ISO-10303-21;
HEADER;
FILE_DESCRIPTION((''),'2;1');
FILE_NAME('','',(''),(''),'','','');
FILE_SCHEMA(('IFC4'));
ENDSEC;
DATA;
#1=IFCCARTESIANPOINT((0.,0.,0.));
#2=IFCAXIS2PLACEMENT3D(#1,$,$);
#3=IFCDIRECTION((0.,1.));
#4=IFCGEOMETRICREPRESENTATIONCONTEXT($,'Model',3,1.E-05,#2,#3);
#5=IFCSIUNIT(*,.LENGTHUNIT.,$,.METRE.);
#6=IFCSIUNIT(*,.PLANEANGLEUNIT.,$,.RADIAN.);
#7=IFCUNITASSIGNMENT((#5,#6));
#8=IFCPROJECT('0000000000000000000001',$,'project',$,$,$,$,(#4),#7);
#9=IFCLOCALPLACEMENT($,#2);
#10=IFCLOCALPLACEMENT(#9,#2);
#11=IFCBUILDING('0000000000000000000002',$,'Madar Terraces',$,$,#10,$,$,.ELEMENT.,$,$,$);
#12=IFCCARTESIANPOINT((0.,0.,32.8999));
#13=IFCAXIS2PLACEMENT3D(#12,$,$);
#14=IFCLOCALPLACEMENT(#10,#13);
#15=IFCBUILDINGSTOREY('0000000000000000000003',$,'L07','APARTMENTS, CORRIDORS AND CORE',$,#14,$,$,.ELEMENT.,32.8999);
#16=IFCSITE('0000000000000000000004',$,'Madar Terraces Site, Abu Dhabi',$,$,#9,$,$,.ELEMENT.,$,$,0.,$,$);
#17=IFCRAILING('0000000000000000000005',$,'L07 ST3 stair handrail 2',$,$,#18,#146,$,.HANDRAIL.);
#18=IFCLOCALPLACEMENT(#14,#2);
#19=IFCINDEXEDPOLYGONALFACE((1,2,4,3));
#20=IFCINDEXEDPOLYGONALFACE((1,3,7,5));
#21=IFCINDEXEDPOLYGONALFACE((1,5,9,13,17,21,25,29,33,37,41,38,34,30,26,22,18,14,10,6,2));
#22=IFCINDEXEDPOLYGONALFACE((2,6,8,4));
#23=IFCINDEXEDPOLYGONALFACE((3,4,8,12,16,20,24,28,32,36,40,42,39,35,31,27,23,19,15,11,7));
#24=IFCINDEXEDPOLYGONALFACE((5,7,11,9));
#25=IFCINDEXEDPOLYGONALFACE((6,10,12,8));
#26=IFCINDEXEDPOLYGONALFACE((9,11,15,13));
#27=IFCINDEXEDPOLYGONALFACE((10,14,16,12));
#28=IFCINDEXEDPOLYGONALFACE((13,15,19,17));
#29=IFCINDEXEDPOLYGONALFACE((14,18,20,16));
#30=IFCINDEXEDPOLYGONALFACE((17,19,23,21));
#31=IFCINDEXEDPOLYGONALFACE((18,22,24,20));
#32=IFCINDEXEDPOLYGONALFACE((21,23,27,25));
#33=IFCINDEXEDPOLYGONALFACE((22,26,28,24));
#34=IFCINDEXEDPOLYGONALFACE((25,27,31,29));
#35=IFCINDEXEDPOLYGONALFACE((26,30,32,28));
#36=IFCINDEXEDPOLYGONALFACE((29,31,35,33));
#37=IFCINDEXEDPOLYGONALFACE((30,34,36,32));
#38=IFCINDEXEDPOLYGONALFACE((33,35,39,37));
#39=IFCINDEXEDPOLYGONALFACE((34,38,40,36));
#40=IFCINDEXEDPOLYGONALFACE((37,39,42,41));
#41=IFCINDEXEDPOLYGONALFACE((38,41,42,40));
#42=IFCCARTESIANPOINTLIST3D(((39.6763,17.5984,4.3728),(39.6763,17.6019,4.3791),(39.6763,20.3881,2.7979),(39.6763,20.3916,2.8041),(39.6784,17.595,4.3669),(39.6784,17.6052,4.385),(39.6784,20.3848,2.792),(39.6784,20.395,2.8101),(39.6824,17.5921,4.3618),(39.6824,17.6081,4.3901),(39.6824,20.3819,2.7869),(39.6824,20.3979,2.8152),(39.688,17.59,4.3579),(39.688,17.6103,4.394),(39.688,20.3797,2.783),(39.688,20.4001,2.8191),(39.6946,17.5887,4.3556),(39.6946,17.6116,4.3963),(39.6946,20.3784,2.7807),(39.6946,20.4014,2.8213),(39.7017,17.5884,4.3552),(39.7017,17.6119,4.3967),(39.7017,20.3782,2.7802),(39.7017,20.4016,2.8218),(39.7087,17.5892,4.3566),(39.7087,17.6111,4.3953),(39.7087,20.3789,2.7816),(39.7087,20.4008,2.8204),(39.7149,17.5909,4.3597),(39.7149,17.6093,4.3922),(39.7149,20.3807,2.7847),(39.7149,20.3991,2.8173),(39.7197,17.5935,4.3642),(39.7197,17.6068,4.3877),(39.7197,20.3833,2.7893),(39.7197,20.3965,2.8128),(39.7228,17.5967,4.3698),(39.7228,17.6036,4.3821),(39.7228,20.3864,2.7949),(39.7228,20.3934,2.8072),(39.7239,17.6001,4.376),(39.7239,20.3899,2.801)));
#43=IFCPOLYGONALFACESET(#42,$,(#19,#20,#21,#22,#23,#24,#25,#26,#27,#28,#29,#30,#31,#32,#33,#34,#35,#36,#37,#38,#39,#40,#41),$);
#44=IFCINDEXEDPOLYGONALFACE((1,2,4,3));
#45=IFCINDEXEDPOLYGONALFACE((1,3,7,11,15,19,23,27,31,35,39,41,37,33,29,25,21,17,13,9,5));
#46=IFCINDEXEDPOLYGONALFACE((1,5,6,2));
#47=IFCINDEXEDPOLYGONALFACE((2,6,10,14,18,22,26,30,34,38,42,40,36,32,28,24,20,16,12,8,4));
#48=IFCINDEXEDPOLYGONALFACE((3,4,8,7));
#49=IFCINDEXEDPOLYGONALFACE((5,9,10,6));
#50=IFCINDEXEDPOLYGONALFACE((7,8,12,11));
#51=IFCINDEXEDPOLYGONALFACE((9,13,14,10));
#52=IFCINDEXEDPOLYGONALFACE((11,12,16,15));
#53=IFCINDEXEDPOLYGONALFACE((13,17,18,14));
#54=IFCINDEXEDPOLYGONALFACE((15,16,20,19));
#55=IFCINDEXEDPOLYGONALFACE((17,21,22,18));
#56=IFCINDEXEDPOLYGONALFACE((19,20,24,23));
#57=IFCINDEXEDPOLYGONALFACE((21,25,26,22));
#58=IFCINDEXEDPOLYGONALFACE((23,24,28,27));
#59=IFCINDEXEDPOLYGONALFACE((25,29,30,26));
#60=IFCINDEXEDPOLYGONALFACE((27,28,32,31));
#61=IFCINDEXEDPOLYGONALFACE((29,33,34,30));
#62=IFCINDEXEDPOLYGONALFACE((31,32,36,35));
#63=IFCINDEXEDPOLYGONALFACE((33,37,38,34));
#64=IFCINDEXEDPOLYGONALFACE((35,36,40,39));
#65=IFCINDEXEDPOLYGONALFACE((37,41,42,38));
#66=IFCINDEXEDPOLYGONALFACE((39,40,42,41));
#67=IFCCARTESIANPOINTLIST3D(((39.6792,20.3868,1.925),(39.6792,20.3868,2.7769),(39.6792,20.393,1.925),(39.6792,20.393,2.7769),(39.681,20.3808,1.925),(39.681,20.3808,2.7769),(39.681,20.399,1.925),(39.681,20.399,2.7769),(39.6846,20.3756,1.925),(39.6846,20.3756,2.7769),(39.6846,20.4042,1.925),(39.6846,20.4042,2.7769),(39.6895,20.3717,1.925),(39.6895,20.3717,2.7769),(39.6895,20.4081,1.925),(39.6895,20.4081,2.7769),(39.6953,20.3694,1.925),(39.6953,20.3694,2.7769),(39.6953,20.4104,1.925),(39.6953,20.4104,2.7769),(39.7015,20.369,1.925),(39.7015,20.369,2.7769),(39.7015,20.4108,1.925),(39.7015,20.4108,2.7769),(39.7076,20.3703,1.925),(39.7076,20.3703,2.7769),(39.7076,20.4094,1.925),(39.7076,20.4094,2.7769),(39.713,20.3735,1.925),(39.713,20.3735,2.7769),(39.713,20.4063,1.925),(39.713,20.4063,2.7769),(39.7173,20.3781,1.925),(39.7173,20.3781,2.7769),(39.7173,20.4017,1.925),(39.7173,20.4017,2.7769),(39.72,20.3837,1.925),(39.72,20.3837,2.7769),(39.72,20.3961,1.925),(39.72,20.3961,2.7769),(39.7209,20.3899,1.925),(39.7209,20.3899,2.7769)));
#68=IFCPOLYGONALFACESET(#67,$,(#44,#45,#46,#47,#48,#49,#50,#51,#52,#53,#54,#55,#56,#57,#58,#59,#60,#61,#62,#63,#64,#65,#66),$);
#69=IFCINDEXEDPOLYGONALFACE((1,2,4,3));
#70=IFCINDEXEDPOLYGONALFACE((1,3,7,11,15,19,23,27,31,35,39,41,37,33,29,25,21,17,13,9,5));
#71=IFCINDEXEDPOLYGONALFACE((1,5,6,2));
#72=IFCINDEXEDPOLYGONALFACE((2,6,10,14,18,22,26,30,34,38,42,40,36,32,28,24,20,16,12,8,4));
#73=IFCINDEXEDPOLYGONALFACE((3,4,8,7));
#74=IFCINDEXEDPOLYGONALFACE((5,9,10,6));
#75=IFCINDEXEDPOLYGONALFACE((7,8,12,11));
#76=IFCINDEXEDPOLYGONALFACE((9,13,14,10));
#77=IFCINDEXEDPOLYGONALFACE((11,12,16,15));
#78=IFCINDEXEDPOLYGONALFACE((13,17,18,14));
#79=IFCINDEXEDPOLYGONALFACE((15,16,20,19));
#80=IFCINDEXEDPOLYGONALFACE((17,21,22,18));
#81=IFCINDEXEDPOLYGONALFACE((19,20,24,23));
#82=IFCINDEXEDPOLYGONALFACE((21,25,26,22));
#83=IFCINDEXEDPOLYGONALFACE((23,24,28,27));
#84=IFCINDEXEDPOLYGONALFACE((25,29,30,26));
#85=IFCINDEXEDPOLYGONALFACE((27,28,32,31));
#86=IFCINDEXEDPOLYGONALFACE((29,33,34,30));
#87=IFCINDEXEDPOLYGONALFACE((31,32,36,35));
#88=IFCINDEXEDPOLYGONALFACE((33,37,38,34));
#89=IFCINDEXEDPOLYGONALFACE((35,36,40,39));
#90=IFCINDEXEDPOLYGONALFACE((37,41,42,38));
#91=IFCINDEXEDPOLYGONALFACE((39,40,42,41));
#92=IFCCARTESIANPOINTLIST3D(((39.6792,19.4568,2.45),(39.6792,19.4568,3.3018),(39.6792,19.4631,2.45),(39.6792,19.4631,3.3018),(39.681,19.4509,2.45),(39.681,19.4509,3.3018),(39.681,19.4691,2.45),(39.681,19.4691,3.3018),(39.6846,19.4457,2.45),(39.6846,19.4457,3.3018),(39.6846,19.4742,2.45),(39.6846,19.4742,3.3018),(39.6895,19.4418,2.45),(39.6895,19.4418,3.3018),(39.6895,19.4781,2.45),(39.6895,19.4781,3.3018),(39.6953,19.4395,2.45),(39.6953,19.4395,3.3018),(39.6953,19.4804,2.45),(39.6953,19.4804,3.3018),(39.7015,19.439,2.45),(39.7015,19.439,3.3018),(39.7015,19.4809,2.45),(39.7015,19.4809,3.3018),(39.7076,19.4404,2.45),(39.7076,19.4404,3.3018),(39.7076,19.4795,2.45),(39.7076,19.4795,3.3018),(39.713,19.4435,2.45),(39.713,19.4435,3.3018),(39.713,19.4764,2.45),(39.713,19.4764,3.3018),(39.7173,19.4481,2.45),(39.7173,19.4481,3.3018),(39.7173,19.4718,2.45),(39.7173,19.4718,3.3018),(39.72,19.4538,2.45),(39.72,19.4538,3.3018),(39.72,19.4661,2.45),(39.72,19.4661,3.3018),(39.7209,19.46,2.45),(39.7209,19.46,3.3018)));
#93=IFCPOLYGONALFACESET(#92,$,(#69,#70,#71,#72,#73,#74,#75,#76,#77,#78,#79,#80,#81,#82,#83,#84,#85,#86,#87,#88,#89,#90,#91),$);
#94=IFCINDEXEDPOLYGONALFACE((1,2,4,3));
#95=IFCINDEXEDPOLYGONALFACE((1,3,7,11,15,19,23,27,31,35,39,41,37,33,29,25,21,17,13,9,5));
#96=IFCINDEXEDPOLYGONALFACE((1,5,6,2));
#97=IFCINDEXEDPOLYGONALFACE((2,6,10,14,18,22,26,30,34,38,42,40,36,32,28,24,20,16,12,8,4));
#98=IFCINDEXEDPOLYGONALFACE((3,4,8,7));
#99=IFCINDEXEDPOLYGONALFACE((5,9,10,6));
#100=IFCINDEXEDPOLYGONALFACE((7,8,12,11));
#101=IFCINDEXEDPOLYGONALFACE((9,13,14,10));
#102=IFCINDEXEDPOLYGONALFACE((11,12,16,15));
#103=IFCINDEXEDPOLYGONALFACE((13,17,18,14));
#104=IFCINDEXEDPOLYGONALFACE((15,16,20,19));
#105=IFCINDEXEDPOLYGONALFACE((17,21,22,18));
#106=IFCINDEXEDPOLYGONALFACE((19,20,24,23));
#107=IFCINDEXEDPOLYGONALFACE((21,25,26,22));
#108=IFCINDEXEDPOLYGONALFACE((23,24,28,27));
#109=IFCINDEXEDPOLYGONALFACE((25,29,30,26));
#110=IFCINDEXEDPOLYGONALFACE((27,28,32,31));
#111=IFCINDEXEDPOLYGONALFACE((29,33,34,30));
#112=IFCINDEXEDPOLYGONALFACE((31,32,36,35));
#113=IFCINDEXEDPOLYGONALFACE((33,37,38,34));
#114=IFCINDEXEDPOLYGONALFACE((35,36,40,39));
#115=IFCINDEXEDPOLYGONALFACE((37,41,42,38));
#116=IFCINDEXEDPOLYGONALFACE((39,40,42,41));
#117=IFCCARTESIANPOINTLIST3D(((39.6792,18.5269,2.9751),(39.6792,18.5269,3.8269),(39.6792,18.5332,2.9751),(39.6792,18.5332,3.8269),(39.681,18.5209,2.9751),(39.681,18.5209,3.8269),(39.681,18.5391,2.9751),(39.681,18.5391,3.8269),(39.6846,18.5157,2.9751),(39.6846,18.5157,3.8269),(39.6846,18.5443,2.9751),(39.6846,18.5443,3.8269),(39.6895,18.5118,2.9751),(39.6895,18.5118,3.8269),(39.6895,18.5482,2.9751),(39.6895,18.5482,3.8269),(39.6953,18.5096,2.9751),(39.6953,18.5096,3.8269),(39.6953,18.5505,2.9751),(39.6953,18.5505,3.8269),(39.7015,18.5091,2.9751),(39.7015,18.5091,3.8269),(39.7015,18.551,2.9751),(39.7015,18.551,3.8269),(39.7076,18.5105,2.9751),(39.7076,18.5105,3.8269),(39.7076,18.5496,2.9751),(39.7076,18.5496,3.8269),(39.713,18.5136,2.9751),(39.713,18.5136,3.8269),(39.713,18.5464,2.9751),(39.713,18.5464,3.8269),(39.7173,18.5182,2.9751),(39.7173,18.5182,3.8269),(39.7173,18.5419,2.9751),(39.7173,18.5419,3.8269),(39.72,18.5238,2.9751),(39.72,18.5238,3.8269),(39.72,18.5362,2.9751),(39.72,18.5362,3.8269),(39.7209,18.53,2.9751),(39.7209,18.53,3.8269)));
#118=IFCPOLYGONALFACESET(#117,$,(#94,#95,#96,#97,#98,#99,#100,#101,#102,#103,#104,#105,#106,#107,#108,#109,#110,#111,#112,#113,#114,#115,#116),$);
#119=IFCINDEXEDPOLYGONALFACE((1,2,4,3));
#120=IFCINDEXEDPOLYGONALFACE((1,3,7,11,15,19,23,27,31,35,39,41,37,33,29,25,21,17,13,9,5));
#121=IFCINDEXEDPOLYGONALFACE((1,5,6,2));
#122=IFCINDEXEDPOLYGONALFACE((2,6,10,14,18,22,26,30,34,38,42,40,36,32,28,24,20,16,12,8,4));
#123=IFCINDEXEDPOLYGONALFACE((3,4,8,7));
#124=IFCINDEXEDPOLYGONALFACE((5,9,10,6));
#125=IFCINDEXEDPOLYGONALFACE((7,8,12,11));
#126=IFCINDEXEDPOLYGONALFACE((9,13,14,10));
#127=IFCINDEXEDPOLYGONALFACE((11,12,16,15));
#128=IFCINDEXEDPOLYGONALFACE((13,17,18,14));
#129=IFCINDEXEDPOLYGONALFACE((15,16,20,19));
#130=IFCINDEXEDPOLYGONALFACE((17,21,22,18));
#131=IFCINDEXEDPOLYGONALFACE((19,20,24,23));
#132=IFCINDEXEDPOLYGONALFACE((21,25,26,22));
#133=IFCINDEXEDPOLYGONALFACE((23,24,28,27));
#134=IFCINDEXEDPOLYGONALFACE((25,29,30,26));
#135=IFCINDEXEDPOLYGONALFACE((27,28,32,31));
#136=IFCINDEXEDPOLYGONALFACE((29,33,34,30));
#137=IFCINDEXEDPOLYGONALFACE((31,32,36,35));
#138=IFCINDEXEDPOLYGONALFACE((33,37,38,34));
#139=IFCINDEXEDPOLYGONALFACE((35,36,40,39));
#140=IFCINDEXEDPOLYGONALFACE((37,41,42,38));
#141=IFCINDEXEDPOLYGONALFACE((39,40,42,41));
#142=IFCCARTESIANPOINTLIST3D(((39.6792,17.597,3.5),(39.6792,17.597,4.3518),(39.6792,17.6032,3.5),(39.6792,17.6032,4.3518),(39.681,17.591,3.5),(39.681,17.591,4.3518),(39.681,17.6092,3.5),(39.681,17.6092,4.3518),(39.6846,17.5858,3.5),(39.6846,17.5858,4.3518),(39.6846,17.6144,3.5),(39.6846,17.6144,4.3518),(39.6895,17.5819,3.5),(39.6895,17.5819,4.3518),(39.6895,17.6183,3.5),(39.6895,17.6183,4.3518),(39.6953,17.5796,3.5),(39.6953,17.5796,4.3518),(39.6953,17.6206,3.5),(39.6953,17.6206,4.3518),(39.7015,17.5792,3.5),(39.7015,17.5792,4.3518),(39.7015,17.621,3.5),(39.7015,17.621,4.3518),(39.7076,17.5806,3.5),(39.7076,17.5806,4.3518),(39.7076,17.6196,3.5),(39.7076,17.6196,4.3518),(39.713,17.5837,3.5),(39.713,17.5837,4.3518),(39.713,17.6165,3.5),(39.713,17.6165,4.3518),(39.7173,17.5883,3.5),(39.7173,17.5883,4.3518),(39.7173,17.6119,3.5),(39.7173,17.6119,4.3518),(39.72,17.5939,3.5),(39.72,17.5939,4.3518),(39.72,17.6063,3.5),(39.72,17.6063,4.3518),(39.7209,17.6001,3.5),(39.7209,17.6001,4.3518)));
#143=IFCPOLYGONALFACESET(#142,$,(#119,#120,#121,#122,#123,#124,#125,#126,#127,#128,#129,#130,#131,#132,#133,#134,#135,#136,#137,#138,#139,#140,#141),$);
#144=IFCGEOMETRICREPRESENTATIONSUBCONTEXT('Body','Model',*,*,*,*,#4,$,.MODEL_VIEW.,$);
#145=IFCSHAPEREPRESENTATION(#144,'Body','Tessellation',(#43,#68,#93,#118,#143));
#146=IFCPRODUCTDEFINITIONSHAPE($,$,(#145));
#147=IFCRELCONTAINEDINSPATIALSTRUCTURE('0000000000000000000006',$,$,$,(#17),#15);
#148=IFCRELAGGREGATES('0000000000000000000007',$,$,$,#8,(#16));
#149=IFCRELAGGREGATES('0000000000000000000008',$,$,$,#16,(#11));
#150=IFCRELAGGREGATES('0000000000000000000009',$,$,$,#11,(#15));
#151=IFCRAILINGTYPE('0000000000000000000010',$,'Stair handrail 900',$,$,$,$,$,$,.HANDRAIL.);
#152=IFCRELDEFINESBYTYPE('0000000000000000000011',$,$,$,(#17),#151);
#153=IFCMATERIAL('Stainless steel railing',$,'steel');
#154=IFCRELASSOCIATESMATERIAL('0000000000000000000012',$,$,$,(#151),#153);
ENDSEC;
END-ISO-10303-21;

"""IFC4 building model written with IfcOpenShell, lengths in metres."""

from ifc_helpers import new_model, si_unit, direction, frame, origin, origin_2d, place, context, subcontext, project, spatial, circle, extrude, material, type_object, element, save


model = new_model("IFC4")

# Units and contexts
model_context = context("Model", 3, precision=1e-05, world=origin(), true_north=direction((0.0, 1.0)))
body_context = subcontext(model_context, "Body", "Model", "MODEL_VIEW")
ifc_project = project(units=[si_unit("LENGTHUNIT", "METRE"), si_unit("PLANEANGLEUNIT", "RADIAN")], contexts=[model_context])

# Site, building, storey
site_placement = place(None, origin())
site = spatial("IfcSite", under=ifc_project, at=site_placement, Name="Madar Terraces Site, Abu Dhabi", CompositionType="ELEMENT", RefElevation=0.0)
building_placement = place(site_placement, origin())
building = spatial("IfcBuilding", under=site, at=building_placement, Name="Madar Terraces", CompositionType="ELEMENT")
storey_placement = place(building_placement, frame((0.0, 0.0, 32.8999)))
storey = spatial("IfcBuildingStorey", under=building, at=storey_placement, Name="L07", Description="APARTMENTS, CORRIDORS AND CORE", CompositionType="ELEMENT", Elevation=32.8999)

# Railing
ifc_material_1 = material(Name="Stainless steel railing", Category="steel")
railing_type_1 = type_object("IfcRailingType", Name="Stair handrail 900", PredefinedType="HANDRAIL", material=ifc_material_1)
railing_1_placement = place(storey_placement, frame((39.7, 20.3899, 1.925)))
element("IfcRailing", 1, at=railing_1_placement, inside=storey, type_object=railing_type_1, Name="L07 ST3 stair handrail 2", PredefinedType="HANDRAIL", context=body_context, shape_type="SweptSolid", body=[
    extrude(circle(Radius=0.0239, at=origin_2d()), frame((0.0, 0.0, 0.876), z_axis=(0.0, -0.870815, 0.49161), x_axis=(1.0, 0.0, 0.0)), (0.0, 0.0, 1.0), 3.2036),
    extrude(circle(Radius=0.021, at=origin_2d()), origin(), (0.0, 0.0, 1.0), 0.8518),
    extrude(circle(Radius=0.021, at=origin_2d()), frame((0.0, -0.9299, 0.5249)), (0.0, 0.0, 1.0), 0.8518),
    extrude(circle(Radius=0.021, at=origin_2d()), frame((0.0, -1.8599, 1.05)), (0.0, 0.0, 1.0), 0.8518),
    extrude(circle(Radius=0.021, at=origin_2d()), frame((0.0, -2.7898, 1.575)), (0.0, 0.0, 1.0), 0.8518),
])

save(model, "model.ifc")
